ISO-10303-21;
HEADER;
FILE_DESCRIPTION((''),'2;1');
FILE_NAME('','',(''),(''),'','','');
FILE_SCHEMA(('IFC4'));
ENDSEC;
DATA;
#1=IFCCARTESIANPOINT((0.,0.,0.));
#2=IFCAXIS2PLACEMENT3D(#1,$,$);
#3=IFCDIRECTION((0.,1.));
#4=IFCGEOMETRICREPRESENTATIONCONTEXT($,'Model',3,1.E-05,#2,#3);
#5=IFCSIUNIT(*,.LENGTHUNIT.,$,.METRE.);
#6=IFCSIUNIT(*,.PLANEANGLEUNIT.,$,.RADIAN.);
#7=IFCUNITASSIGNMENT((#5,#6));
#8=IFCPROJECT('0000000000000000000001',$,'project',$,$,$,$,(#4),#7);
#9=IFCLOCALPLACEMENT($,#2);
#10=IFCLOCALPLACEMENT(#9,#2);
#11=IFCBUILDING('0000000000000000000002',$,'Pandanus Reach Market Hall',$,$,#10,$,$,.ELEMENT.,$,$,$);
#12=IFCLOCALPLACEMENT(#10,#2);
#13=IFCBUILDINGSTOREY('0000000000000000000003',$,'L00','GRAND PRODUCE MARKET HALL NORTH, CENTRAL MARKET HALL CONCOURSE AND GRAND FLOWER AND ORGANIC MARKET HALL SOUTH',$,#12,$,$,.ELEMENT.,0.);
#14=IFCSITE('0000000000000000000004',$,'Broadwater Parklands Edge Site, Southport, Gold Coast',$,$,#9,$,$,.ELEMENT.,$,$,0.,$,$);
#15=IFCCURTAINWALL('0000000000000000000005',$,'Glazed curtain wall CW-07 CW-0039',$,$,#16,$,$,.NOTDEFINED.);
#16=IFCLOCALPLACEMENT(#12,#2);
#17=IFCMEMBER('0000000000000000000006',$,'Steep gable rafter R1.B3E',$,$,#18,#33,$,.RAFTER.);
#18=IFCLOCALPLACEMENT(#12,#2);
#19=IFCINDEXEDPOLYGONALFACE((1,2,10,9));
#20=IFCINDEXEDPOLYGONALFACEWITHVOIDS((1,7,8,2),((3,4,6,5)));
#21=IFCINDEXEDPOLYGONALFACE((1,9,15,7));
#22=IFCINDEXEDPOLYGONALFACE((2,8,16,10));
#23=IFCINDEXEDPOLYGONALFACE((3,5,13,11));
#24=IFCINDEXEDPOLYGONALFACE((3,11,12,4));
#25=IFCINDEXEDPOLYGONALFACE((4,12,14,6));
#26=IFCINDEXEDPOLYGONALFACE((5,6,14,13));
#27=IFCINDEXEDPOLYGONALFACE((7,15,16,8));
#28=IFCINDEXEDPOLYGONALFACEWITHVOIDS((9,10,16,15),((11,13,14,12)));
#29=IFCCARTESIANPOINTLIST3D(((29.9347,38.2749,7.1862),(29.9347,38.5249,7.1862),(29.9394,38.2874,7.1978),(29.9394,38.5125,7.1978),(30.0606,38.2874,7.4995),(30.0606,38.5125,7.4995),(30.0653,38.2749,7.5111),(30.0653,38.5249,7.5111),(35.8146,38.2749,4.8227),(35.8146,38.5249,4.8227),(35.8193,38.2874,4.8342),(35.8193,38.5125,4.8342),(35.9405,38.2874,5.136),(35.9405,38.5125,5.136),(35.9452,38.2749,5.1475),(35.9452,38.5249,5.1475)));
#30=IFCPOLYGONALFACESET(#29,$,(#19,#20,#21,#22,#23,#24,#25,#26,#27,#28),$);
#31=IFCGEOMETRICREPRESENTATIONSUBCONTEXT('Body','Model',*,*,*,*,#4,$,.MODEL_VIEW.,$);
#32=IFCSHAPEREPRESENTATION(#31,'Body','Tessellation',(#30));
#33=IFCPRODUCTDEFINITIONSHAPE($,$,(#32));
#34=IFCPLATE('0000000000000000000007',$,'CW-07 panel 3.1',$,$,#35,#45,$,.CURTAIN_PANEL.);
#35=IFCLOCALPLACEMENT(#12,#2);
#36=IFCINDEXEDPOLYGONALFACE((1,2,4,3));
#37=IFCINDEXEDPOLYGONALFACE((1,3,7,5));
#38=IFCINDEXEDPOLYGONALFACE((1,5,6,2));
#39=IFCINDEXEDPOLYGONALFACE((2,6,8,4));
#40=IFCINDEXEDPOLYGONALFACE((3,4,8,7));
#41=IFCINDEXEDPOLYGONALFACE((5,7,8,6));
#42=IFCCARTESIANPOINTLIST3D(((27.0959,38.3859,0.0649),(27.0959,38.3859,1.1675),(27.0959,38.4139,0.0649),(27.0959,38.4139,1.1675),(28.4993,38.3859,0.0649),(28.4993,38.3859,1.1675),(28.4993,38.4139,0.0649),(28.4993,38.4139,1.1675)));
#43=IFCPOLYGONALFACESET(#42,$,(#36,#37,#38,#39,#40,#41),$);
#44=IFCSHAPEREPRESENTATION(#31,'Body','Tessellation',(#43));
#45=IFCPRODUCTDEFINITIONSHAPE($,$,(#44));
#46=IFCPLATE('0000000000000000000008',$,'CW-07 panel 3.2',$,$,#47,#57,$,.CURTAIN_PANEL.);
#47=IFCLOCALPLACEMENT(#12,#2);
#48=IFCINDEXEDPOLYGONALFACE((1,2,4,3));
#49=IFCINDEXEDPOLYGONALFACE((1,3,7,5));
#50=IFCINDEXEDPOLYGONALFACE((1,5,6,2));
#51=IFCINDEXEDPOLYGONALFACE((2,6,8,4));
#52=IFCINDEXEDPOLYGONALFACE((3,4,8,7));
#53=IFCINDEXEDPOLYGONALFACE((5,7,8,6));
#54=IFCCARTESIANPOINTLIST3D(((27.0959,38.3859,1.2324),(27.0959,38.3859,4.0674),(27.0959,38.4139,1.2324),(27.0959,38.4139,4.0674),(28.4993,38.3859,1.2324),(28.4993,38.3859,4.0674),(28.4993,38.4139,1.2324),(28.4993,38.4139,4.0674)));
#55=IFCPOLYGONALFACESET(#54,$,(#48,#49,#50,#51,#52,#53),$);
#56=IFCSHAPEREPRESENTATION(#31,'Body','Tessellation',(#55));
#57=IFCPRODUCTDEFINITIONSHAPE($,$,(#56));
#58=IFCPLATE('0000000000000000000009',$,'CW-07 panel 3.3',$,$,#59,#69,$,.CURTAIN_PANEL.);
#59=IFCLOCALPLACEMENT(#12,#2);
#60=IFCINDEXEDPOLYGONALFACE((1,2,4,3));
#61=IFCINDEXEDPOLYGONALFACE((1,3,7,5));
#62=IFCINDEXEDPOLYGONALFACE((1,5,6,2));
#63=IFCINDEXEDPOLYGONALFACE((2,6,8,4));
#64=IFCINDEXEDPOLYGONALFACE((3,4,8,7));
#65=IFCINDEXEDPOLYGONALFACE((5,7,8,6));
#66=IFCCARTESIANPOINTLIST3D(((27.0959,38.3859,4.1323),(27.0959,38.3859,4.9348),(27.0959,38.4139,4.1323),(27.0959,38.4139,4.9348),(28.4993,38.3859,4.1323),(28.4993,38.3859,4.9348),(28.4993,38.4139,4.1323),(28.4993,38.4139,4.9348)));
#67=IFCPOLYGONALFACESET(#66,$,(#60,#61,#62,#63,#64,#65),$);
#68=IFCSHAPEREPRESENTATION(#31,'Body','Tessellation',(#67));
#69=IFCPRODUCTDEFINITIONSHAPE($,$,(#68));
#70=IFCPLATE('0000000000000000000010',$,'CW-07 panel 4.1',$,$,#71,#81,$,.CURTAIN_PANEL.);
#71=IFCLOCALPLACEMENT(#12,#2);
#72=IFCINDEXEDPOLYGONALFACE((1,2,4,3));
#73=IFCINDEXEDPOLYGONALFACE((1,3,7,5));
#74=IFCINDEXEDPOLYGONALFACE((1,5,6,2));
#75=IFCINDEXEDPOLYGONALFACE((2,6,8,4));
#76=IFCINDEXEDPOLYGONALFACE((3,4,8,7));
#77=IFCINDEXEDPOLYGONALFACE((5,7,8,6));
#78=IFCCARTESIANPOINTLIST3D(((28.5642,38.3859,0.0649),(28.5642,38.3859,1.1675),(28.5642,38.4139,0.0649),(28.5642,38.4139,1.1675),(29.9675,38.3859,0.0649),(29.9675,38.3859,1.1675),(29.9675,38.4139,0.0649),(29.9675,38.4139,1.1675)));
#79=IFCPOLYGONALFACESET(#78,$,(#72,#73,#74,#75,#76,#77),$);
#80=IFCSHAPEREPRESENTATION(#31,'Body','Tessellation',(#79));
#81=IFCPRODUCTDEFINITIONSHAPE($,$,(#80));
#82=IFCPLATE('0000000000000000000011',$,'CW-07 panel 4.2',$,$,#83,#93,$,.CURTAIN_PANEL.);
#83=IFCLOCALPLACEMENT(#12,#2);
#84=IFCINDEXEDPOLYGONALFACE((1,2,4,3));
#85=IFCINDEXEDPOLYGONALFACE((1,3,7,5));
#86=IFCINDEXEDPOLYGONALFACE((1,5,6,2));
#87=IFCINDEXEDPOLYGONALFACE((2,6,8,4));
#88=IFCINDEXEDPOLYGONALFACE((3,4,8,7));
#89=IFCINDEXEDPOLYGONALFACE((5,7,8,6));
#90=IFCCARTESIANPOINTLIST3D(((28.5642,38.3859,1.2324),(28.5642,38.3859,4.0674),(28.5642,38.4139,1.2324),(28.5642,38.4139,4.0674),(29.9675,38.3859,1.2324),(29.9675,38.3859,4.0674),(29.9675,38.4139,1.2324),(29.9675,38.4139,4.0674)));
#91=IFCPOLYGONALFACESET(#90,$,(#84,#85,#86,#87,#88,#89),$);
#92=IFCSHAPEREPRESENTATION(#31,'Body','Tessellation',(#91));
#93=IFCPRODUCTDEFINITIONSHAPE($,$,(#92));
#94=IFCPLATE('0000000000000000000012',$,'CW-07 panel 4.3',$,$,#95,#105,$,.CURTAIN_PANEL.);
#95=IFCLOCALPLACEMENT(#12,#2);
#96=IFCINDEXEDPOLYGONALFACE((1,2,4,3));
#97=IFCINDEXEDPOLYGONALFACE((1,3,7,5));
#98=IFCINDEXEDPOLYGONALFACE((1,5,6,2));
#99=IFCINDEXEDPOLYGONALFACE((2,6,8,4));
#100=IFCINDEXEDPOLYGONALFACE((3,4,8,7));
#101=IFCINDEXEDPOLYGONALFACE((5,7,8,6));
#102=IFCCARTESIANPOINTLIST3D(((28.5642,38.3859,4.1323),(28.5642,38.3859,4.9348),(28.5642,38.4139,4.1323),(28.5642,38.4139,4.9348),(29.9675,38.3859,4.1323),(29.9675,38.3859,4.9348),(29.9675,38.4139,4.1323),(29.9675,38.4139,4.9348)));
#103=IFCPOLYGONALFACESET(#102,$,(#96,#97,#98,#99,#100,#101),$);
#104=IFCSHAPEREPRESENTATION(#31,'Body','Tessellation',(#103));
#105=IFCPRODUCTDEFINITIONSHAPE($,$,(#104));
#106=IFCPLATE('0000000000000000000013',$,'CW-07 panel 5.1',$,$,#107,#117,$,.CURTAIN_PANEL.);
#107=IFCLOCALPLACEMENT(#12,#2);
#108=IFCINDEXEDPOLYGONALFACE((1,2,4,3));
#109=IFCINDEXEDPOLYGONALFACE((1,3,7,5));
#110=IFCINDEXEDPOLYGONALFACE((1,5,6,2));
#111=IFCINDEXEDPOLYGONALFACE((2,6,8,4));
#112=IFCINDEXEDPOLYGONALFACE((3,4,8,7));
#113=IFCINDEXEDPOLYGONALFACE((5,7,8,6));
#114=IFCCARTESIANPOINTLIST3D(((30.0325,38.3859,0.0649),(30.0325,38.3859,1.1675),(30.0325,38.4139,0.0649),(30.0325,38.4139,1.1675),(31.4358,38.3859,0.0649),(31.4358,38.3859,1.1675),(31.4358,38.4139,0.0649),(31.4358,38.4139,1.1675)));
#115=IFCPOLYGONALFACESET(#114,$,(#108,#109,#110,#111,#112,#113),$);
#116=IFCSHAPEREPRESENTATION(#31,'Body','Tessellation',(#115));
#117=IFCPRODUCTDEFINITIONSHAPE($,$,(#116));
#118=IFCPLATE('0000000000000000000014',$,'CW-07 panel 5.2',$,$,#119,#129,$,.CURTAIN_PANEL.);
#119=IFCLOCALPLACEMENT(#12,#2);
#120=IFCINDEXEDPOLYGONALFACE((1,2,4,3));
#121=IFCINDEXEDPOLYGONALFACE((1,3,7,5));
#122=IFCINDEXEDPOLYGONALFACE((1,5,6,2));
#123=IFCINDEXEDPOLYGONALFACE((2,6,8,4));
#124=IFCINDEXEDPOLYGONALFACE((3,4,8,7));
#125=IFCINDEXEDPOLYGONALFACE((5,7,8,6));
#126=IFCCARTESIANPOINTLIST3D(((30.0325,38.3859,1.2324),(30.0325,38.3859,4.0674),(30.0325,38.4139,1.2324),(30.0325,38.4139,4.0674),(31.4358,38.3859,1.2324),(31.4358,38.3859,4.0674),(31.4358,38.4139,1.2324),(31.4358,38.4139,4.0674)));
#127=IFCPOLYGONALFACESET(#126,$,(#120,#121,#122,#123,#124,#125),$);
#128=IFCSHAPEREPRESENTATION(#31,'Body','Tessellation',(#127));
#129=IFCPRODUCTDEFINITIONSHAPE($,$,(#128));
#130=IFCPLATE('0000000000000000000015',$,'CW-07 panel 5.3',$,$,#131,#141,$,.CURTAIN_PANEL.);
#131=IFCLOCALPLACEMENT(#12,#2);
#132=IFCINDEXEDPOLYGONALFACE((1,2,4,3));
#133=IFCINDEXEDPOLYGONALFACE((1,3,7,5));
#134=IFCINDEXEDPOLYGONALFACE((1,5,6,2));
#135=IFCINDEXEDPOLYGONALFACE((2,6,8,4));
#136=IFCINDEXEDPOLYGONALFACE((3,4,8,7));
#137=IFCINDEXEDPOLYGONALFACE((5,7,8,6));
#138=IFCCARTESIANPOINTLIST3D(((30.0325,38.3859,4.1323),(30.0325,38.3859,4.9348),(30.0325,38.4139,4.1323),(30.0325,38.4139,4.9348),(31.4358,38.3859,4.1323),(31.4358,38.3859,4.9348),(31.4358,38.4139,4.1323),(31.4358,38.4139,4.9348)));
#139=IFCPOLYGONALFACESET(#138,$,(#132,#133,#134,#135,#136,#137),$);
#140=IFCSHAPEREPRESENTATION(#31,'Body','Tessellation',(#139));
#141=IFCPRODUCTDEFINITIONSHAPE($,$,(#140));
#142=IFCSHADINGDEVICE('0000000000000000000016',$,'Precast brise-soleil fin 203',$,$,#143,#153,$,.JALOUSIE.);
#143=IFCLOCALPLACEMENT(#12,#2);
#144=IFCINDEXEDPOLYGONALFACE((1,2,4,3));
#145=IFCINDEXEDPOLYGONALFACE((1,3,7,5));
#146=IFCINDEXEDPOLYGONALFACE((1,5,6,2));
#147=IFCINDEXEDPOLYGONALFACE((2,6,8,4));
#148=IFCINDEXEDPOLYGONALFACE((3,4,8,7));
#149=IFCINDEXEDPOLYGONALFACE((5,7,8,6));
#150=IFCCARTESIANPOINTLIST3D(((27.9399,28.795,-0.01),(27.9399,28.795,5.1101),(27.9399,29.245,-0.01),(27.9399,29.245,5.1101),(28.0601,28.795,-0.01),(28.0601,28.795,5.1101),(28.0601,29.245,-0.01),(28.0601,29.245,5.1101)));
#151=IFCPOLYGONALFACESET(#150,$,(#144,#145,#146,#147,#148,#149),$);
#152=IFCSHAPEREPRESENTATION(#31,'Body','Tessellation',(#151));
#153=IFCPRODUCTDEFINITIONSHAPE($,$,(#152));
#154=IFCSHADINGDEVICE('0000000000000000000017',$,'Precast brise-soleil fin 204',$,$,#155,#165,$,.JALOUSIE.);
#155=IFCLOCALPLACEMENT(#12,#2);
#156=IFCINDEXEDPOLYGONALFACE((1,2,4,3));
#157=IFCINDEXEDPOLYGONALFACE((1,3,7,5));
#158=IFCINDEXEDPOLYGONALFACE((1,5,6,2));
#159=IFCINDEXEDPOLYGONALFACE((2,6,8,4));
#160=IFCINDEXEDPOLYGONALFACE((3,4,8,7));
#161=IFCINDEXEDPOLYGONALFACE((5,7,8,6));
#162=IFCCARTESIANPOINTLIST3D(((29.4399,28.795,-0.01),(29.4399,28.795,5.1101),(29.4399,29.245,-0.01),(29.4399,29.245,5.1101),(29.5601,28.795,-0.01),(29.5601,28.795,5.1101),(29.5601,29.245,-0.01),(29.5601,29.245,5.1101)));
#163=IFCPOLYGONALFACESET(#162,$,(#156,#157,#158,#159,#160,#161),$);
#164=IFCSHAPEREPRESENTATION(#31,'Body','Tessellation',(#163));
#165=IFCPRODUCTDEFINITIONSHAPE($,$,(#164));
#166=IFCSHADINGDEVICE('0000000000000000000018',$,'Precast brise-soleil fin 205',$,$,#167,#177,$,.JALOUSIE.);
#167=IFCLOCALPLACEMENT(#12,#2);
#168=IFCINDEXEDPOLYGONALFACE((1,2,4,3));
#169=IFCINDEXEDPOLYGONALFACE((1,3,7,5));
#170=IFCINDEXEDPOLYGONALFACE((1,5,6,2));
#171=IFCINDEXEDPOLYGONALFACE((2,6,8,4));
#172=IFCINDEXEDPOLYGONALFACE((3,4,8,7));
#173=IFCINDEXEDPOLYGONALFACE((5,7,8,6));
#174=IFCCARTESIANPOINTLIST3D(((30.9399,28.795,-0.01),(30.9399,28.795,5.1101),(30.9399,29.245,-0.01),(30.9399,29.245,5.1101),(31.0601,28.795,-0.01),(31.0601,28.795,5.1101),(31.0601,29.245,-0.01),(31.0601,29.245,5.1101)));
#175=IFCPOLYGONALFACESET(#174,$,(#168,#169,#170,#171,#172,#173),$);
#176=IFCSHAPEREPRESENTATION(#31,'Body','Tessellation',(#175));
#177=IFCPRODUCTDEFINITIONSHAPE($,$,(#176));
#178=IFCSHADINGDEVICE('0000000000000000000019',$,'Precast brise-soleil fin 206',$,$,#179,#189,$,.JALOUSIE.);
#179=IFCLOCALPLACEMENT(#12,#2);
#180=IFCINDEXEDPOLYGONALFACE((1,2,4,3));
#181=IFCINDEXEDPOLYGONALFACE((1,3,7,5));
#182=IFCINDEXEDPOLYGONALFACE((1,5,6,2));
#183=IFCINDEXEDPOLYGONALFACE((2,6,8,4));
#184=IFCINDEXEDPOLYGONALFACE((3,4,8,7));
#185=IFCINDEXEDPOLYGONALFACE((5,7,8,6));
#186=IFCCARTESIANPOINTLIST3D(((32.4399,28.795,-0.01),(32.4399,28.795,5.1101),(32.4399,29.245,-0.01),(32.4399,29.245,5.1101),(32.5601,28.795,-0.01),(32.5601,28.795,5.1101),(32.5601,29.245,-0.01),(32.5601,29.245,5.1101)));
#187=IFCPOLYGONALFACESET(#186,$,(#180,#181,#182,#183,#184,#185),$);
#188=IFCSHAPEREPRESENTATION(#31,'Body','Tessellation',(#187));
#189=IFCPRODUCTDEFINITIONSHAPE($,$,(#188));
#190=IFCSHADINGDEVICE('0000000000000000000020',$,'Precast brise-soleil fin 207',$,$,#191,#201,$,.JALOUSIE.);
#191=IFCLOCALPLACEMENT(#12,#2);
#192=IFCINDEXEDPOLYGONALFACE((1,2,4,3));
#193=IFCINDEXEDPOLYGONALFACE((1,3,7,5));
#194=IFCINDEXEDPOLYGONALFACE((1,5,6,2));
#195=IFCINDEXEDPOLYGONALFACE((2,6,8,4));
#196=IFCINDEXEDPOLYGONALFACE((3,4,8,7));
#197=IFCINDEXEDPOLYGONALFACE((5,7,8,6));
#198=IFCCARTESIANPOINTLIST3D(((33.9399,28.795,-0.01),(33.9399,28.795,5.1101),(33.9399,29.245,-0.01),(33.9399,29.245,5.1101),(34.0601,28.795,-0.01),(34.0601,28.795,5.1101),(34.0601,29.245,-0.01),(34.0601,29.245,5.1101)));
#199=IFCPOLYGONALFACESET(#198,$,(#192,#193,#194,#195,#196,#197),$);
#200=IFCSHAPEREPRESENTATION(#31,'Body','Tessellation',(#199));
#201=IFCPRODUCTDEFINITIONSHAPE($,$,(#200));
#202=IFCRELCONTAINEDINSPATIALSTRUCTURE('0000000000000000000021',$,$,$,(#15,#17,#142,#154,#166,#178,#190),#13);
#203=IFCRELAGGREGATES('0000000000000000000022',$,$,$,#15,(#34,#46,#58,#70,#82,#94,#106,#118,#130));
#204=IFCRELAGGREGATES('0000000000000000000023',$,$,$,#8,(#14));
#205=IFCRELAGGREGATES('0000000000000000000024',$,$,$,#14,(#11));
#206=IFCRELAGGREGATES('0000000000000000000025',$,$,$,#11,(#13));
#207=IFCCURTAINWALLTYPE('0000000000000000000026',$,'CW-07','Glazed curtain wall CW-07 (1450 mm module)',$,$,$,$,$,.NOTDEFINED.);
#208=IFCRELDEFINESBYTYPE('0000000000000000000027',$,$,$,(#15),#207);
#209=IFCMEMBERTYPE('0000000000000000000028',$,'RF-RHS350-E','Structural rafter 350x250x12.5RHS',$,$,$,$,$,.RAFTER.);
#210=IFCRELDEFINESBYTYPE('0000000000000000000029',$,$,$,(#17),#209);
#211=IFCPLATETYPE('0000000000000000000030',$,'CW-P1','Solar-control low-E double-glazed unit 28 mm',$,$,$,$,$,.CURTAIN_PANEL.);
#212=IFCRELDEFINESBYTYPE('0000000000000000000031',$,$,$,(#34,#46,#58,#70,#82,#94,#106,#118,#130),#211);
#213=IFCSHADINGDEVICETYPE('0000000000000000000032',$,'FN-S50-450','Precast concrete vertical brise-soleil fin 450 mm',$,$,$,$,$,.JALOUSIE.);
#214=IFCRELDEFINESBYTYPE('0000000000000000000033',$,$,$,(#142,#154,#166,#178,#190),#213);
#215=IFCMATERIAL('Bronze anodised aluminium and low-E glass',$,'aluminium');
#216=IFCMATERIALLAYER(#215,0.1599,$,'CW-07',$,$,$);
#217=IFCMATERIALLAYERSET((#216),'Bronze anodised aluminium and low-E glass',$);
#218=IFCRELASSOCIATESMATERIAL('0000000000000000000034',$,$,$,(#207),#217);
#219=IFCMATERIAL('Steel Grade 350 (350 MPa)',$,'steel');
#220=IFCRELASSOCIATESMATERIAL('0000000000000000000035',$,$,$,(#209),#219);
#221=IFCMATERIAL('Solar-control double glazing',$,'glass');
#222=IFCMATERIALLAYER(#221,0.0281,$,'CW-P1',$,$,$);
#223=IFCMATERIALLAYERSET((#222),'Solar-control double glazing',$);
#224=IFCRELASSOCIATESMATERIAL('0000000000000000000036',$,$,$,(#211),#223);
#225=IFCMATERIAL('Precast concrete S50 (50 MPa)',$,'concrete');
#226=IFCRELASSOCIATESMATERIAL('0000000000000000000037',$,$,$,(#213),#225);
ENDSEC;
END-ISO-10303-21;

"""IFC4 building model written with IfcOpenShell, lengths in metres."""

from ifc_helpers import new_model, si_unit, direction, frame, origin, origin_2d, place, context, subcontext, project, spatial, rectangle, hollow_rectangle, extrude, material, layer, layer_set, material_profile, profile_set, type_object, element, aggregate, save


model = new_model("IFC4")

# Units and contexts
model_context = context("Model", 3, precision=1e-05, world=origin(), true_north=direction((0.0, 1.0)))
body_context = subcontext(model_context, "Body", "Model", "MODEL_VIEW")
ifc_project = project(units=[si_unit("LENGTHUNIT", "METRE"), si_unit("PLANEANGLEUNIT", "RADIAN")], contexts=[model_context])

# Site, building, storey
site_placement = place(None, origin())
site = spatial("IfcSite", under=ifc_project, at=site_placement, Name="Broadwater Parklands Edge Site, Southport, Gold Coast", CompositionType="ELEMENT", RefElevation=0.0)
building_placement = place(site_placement, origin())
building = spatial("IfcBuilding", under=site, at=building_placement, Name="Pandanus Reach Market Hall", CompositionType="ELEMENT")
storey_placement = place(building_placement, origin())
storey = spatial("IfcBuildingStorey", under=building, at=storey_placement, Name="L00", Description="GRAND PRODUCE MARKET HALL NORTH, CENTRAL MARKET HALL CONCOURSE AND GRAND FLOWER AND ORGANIC MARKET HALL SOUTH", CompositionType="ELEMENT", Elevation=0.0)

# Curtain wall
ifc_material_1 = material(Name="Bronze anodised aluminium and low-E glass", Category="aluminium")
ifc_layer_1 = layer(ifc_material_1, 0.1599, Name="CW-07")
ifc_layer_set_1 = layer_set([ifc_layer_1], Name="Bronze anodised aluminium and low-E glass")
curtain_wall_type = type_object("IfcCurtainWallType", Name="CW-07", Description="Glazed curtain wall CW-07 (1450 mm module)", PredefinedType="NOTDEFINED", material=ifc_layer_set_1)
curtain_wall_placement = place(storey_placement, origin())
curtain_wall = element("IfcCurtainWall", 1, at=curtain_wall_placement, inside=storey, type_object=curtain_wall_type, Name="Glazed curtain wall CW-07 CW-0039", PredefinedType="NOTDEFINED")

# Member
ifc_material_2 = material(Name="Steel Grade 350 (350 MPa)", Category="steel")
ifc_material_profile_1 = material_profile(ifc_material_2, hollow_rectangle(XDim=0.25, YDim=0.3501, WallThickness=0.0125, at=origin_2d()), Name="350x250x12.5RHS", Category="LoadBearing")
ifc_profile_set_1 = profile_set([ifc_material_profile_1], Name="Steel Grade 350 (350 MPa)")
member_type_1 = type_object("IfcMemberType", Name="RF-RHS350-E", Description="Structural rafter 350x250x12.5RHS", PredefinedType="RAFTER", material=ifc_profile_set_1)
member_1_placement = place(storey_placement, frame((30.0, 38.3999, 7.3486), z_axis=(0.927846, 0.0, -0.372964), x_axis=(0.0, 1.0, 0.0)))
element("IfcMember", 2, at=member_1_placement, inside=storey, type_object=member_type_1, Name="Steep gable rafter R1.B3E", PredefinedType="RAFTER", context=body_context, shape_type="SweptSolid", body=[
    extrude(hollow_rectangle(XDim=0.25, YDim=0.3501, WallThickness=0.0125, at=origin_2d()), origin(), (0.0, 0.0, 1.0), 6.3372),
])

# Plates
ifc_material_3 = material(Name="Solar-control double glazing", Category="glass")
ifc_layer_2 = layer(ifc_material_3, 0.0281, Name="CW-P1")
ifc_layer_set_2 = layer_set([ifc_layer_2], Name="Solar-control double glazing")
plate_type = type_object("IfcPlateType", Name="CW-P1", Description="Solar-control low-E double-glazed unit 28 mm", PredefinedType="CURTAIN_PANEL", material=ifc_layer_set_2)
plate_1_placement = place(storey_placement, frame((27.7976, 38.3999, 0.0649), z_axis=(0.0, 0.0, 1.0), x_axis=(1.0, 0.0, 0.0)))
plate_1 = element("IfcPlate", 3, at=plate_1_placement, type_object=plate_type, Name="CW-07 panel 3.1", PredefinedType="CURTAIN_PANEL", context=body_context, shape_type="SweptSolid", body=[
    extrude(rectangle(XDim=1.4033, YDim=0.0281, at=origin_2d()), origin(), (0.0, 0.0, 1.0), 1.1025),
])
plate_2_placement = place(storey_placement, frame((27.7976, 38.3999, 1.2324), z_axis=(0.0, 0.0, 1.0), x_axis=(1.0, 0.0, 0.0)))
plate_2 = element("IfcPlate", 4, at=plate_2_placement, type_object=plate_type, Name="CW-07 panel 3.2", PredefinedType="CURTAIN_PANEL", context=body_context, shape_type="SweptSolid", body=[
    extrude(rectangle(XDim=1.4033, YDim=0.0281, at=origin_2d()), origin(), (0.0, 0.0, 1.0), 2.835),
])
plate_3_placement = place(storey_placement, frame((27.7976, 38.3999, 4.1323), z_axis=(0.0, 0.0, 1.0), x_axis=(1.0, 0.0, 0.0)))
plate_3 = element("IfcPlate", 5, at=plate_3_placement, type_object=plate_type, Name="CW-07 panel 3.3", PredefinedType="CURTAIN_PANEL", context=body_context, shape_type="SweptSolid", body=[
    extrude(rectangle(XDim=1.4033, YDim=0.0281, at=origin_2d()), origin(), (0.0, 0.0, 1.0), 0.8025),
])
plate_4_placement = place(storey_placement, frame((29.2659, 38.3999, 0.0649), z_axis=(0.0, 0.0, 1.0), x_axis=(1.0, 0.0, 0.0)))
plate_4 = element("IfcPlate", 6, at=plate_4_placement, type_object=plate_type, Name="CW-07 panel 4.1", PredefinedType="CURTAIN_PANEL", context=body_context, shape_type="SweptSolid", body=[
    extrude(rectangle(XDim=1.4033, YDim=0.0281, at=origin_2d()), origin(), (0.0, 0.0, 1.0), 1.1025),
])
plate_5_placement = place(storey_placement, frame((29.2659, 38.3999, 1.2324), z_axis=(0.0, 0.0, 1.0), x_axis=(1.0, 0.0, 0.0)))
plate_5 = element("IfcPlate", 7, at=plate_5_placement, type_object=plate_type, Name="CW-07 panel 4.2", PredefinedType="CURTAIN_PANEL", context=body_context, shape_type="SweptSolid", body=[
    extrude(rectangle(XDim=1.4033, YDim=0.0281, at=origin_2d()), origin(), (0.0, 0.0, 1.0), 2.835),
])
plate_6_placement = place(storey_placement, frame((29.2659, 38.3999, 4.1323), z_axis=(0.0, 0.0, 1.0), x_axis=(1.0, 0.0, 0.0)))
plate_6 = element("IfcPlate", 8, at=plate_6_placement, type_object=plate_type, Name="CW-07 panel 4.3", PredefinedType="CURTAIN_PANEL", context=body_context, shape_type="SweptSolid", body=[
    extrude(rectangle(XDim=1.4033, YDim=0.0281, at=origin_2d()), origin(), (0.0, 0.0, 1.0), 0.8025),
])
plate_7_placement = place(storey_placement, frame((30.7341, 38.3999, 0.0649), z_axis=(0.0, 0.0, 1.0), x_axis=(1.0, 0.0, 0.0)))
plate_7 = element("IfcPlate", 9, at=plate_7_placement, type_object=plate_type, Name="CW-07 panel 5.1", PredefinedType="CURTAIN_PANEL", context=body_context, shape_type="SweptSolid", body=[
    extrude(rectangle(XDim=1.4033, YDim=0.0281, at=origin_2d()), origin(), (0.0, 0.0, 1.0), 1.1025),
])
plate_8_placement = place(storey_placement, frame((30.7341, 38.3999, 1.2324), z_axis=(0.0, 0.0, 1.0), x_axis=(1.0, 0.0, 0.0)))
plate_8 = element("IfcPlate", 10, at=plate_8_placement, type_object=plate_type, Name="CW-07 panel 5.2", PredefinedType="CURTAIN_PANEL", context=body_context, shape_type="SweptSolid", body=[
    extrude(rectangle(XDim=1.4033, YDim=0.0281, at=origin_2d()), origin(), (0.0, 0.0, 1.0), 2.835),
])
plate_9_placement = place(storey_placement, frame((30.7341, 38.3999, 4.1323), z_axis=(0.0, 0.0, 1.0), x_axis=(1.0, 0.0, 0.0)))
plate_9 = element("IfcPlate", 11, at=plate_9_placement, type_object=plate_type, Name="CW-07 panel 5.3", PredefinedType="CURTAIN_PANEL", context=body_context, shape_type="SweptSolid", body=[
    extrude(rectangle(XDim=1.4033, YDim=0.0281, at=origin_2d()), origin(), (0.0, 0.0, 1.0), 0.8025),
])
aggregate(curtain_wall, [plate_1, plate_2, plate_3, plate_4, plate_5, plate_6, plate_7, plate_8, plate_9])

# Shading devices
ifc_material_4 = material(Name="Precast concrete S50 (50 MPa)", Category="concrete")
shading_device_type = type_object("IfcShadingDeviceType", Name="FN-S50-450", Description="Precast concrete vertical brise-soleil fin 450 mm", PredefinedType="JALOUSIE", material=ifc_material_4)
for number, where, z_axis, x_axis, name in (
    (12, (28.0, 29.02, -0.01), (0.0, 0.0, 1.0), (0.0, 1.0, 0.0), "Precast brise-soleil fin 203"),
    (13, (29.5, 29.02, -0.01), (0.0, 0.0, 1.0), (0.0, 1.0, 0.0), "Precast brise-soleil fin 204"),
    (14, (31.0, 29.02, -0.01), (0.0, 0.0, 1.0), (0.0, 1.0, 0.0), "Precast brise-soleil fin 205"),
    (15, (32.5, 29.02, -0.01), (0.0, 0.0, 1.0), (0.0, 1.0, 0.0), "Precast brise-soleil fin 206"),
    (16, (34.0, 29.02, -0.01), (0.0, 0.0, 1.0), (0.0, 1.0, 0.0), "Precast brise-soleil fin 207"),
):
    element("IfcShadingDevice", number, at=place(storey_placement, frame(where, z_axis=z_axis, x_axis=x_axis)), inside=storey, type_object=shading_device_type, Name=name, PredefinedType="JALOUSIE", context=body_context, shape_type="SweptSolid", body=[
        extrude(rectangle(XDim=0.45, YDim=0.1201, at=origin_2d()), origin(), (0.0, 0.0, 1.0), 5.1201),
    ])

save(model, "model.ifc")
